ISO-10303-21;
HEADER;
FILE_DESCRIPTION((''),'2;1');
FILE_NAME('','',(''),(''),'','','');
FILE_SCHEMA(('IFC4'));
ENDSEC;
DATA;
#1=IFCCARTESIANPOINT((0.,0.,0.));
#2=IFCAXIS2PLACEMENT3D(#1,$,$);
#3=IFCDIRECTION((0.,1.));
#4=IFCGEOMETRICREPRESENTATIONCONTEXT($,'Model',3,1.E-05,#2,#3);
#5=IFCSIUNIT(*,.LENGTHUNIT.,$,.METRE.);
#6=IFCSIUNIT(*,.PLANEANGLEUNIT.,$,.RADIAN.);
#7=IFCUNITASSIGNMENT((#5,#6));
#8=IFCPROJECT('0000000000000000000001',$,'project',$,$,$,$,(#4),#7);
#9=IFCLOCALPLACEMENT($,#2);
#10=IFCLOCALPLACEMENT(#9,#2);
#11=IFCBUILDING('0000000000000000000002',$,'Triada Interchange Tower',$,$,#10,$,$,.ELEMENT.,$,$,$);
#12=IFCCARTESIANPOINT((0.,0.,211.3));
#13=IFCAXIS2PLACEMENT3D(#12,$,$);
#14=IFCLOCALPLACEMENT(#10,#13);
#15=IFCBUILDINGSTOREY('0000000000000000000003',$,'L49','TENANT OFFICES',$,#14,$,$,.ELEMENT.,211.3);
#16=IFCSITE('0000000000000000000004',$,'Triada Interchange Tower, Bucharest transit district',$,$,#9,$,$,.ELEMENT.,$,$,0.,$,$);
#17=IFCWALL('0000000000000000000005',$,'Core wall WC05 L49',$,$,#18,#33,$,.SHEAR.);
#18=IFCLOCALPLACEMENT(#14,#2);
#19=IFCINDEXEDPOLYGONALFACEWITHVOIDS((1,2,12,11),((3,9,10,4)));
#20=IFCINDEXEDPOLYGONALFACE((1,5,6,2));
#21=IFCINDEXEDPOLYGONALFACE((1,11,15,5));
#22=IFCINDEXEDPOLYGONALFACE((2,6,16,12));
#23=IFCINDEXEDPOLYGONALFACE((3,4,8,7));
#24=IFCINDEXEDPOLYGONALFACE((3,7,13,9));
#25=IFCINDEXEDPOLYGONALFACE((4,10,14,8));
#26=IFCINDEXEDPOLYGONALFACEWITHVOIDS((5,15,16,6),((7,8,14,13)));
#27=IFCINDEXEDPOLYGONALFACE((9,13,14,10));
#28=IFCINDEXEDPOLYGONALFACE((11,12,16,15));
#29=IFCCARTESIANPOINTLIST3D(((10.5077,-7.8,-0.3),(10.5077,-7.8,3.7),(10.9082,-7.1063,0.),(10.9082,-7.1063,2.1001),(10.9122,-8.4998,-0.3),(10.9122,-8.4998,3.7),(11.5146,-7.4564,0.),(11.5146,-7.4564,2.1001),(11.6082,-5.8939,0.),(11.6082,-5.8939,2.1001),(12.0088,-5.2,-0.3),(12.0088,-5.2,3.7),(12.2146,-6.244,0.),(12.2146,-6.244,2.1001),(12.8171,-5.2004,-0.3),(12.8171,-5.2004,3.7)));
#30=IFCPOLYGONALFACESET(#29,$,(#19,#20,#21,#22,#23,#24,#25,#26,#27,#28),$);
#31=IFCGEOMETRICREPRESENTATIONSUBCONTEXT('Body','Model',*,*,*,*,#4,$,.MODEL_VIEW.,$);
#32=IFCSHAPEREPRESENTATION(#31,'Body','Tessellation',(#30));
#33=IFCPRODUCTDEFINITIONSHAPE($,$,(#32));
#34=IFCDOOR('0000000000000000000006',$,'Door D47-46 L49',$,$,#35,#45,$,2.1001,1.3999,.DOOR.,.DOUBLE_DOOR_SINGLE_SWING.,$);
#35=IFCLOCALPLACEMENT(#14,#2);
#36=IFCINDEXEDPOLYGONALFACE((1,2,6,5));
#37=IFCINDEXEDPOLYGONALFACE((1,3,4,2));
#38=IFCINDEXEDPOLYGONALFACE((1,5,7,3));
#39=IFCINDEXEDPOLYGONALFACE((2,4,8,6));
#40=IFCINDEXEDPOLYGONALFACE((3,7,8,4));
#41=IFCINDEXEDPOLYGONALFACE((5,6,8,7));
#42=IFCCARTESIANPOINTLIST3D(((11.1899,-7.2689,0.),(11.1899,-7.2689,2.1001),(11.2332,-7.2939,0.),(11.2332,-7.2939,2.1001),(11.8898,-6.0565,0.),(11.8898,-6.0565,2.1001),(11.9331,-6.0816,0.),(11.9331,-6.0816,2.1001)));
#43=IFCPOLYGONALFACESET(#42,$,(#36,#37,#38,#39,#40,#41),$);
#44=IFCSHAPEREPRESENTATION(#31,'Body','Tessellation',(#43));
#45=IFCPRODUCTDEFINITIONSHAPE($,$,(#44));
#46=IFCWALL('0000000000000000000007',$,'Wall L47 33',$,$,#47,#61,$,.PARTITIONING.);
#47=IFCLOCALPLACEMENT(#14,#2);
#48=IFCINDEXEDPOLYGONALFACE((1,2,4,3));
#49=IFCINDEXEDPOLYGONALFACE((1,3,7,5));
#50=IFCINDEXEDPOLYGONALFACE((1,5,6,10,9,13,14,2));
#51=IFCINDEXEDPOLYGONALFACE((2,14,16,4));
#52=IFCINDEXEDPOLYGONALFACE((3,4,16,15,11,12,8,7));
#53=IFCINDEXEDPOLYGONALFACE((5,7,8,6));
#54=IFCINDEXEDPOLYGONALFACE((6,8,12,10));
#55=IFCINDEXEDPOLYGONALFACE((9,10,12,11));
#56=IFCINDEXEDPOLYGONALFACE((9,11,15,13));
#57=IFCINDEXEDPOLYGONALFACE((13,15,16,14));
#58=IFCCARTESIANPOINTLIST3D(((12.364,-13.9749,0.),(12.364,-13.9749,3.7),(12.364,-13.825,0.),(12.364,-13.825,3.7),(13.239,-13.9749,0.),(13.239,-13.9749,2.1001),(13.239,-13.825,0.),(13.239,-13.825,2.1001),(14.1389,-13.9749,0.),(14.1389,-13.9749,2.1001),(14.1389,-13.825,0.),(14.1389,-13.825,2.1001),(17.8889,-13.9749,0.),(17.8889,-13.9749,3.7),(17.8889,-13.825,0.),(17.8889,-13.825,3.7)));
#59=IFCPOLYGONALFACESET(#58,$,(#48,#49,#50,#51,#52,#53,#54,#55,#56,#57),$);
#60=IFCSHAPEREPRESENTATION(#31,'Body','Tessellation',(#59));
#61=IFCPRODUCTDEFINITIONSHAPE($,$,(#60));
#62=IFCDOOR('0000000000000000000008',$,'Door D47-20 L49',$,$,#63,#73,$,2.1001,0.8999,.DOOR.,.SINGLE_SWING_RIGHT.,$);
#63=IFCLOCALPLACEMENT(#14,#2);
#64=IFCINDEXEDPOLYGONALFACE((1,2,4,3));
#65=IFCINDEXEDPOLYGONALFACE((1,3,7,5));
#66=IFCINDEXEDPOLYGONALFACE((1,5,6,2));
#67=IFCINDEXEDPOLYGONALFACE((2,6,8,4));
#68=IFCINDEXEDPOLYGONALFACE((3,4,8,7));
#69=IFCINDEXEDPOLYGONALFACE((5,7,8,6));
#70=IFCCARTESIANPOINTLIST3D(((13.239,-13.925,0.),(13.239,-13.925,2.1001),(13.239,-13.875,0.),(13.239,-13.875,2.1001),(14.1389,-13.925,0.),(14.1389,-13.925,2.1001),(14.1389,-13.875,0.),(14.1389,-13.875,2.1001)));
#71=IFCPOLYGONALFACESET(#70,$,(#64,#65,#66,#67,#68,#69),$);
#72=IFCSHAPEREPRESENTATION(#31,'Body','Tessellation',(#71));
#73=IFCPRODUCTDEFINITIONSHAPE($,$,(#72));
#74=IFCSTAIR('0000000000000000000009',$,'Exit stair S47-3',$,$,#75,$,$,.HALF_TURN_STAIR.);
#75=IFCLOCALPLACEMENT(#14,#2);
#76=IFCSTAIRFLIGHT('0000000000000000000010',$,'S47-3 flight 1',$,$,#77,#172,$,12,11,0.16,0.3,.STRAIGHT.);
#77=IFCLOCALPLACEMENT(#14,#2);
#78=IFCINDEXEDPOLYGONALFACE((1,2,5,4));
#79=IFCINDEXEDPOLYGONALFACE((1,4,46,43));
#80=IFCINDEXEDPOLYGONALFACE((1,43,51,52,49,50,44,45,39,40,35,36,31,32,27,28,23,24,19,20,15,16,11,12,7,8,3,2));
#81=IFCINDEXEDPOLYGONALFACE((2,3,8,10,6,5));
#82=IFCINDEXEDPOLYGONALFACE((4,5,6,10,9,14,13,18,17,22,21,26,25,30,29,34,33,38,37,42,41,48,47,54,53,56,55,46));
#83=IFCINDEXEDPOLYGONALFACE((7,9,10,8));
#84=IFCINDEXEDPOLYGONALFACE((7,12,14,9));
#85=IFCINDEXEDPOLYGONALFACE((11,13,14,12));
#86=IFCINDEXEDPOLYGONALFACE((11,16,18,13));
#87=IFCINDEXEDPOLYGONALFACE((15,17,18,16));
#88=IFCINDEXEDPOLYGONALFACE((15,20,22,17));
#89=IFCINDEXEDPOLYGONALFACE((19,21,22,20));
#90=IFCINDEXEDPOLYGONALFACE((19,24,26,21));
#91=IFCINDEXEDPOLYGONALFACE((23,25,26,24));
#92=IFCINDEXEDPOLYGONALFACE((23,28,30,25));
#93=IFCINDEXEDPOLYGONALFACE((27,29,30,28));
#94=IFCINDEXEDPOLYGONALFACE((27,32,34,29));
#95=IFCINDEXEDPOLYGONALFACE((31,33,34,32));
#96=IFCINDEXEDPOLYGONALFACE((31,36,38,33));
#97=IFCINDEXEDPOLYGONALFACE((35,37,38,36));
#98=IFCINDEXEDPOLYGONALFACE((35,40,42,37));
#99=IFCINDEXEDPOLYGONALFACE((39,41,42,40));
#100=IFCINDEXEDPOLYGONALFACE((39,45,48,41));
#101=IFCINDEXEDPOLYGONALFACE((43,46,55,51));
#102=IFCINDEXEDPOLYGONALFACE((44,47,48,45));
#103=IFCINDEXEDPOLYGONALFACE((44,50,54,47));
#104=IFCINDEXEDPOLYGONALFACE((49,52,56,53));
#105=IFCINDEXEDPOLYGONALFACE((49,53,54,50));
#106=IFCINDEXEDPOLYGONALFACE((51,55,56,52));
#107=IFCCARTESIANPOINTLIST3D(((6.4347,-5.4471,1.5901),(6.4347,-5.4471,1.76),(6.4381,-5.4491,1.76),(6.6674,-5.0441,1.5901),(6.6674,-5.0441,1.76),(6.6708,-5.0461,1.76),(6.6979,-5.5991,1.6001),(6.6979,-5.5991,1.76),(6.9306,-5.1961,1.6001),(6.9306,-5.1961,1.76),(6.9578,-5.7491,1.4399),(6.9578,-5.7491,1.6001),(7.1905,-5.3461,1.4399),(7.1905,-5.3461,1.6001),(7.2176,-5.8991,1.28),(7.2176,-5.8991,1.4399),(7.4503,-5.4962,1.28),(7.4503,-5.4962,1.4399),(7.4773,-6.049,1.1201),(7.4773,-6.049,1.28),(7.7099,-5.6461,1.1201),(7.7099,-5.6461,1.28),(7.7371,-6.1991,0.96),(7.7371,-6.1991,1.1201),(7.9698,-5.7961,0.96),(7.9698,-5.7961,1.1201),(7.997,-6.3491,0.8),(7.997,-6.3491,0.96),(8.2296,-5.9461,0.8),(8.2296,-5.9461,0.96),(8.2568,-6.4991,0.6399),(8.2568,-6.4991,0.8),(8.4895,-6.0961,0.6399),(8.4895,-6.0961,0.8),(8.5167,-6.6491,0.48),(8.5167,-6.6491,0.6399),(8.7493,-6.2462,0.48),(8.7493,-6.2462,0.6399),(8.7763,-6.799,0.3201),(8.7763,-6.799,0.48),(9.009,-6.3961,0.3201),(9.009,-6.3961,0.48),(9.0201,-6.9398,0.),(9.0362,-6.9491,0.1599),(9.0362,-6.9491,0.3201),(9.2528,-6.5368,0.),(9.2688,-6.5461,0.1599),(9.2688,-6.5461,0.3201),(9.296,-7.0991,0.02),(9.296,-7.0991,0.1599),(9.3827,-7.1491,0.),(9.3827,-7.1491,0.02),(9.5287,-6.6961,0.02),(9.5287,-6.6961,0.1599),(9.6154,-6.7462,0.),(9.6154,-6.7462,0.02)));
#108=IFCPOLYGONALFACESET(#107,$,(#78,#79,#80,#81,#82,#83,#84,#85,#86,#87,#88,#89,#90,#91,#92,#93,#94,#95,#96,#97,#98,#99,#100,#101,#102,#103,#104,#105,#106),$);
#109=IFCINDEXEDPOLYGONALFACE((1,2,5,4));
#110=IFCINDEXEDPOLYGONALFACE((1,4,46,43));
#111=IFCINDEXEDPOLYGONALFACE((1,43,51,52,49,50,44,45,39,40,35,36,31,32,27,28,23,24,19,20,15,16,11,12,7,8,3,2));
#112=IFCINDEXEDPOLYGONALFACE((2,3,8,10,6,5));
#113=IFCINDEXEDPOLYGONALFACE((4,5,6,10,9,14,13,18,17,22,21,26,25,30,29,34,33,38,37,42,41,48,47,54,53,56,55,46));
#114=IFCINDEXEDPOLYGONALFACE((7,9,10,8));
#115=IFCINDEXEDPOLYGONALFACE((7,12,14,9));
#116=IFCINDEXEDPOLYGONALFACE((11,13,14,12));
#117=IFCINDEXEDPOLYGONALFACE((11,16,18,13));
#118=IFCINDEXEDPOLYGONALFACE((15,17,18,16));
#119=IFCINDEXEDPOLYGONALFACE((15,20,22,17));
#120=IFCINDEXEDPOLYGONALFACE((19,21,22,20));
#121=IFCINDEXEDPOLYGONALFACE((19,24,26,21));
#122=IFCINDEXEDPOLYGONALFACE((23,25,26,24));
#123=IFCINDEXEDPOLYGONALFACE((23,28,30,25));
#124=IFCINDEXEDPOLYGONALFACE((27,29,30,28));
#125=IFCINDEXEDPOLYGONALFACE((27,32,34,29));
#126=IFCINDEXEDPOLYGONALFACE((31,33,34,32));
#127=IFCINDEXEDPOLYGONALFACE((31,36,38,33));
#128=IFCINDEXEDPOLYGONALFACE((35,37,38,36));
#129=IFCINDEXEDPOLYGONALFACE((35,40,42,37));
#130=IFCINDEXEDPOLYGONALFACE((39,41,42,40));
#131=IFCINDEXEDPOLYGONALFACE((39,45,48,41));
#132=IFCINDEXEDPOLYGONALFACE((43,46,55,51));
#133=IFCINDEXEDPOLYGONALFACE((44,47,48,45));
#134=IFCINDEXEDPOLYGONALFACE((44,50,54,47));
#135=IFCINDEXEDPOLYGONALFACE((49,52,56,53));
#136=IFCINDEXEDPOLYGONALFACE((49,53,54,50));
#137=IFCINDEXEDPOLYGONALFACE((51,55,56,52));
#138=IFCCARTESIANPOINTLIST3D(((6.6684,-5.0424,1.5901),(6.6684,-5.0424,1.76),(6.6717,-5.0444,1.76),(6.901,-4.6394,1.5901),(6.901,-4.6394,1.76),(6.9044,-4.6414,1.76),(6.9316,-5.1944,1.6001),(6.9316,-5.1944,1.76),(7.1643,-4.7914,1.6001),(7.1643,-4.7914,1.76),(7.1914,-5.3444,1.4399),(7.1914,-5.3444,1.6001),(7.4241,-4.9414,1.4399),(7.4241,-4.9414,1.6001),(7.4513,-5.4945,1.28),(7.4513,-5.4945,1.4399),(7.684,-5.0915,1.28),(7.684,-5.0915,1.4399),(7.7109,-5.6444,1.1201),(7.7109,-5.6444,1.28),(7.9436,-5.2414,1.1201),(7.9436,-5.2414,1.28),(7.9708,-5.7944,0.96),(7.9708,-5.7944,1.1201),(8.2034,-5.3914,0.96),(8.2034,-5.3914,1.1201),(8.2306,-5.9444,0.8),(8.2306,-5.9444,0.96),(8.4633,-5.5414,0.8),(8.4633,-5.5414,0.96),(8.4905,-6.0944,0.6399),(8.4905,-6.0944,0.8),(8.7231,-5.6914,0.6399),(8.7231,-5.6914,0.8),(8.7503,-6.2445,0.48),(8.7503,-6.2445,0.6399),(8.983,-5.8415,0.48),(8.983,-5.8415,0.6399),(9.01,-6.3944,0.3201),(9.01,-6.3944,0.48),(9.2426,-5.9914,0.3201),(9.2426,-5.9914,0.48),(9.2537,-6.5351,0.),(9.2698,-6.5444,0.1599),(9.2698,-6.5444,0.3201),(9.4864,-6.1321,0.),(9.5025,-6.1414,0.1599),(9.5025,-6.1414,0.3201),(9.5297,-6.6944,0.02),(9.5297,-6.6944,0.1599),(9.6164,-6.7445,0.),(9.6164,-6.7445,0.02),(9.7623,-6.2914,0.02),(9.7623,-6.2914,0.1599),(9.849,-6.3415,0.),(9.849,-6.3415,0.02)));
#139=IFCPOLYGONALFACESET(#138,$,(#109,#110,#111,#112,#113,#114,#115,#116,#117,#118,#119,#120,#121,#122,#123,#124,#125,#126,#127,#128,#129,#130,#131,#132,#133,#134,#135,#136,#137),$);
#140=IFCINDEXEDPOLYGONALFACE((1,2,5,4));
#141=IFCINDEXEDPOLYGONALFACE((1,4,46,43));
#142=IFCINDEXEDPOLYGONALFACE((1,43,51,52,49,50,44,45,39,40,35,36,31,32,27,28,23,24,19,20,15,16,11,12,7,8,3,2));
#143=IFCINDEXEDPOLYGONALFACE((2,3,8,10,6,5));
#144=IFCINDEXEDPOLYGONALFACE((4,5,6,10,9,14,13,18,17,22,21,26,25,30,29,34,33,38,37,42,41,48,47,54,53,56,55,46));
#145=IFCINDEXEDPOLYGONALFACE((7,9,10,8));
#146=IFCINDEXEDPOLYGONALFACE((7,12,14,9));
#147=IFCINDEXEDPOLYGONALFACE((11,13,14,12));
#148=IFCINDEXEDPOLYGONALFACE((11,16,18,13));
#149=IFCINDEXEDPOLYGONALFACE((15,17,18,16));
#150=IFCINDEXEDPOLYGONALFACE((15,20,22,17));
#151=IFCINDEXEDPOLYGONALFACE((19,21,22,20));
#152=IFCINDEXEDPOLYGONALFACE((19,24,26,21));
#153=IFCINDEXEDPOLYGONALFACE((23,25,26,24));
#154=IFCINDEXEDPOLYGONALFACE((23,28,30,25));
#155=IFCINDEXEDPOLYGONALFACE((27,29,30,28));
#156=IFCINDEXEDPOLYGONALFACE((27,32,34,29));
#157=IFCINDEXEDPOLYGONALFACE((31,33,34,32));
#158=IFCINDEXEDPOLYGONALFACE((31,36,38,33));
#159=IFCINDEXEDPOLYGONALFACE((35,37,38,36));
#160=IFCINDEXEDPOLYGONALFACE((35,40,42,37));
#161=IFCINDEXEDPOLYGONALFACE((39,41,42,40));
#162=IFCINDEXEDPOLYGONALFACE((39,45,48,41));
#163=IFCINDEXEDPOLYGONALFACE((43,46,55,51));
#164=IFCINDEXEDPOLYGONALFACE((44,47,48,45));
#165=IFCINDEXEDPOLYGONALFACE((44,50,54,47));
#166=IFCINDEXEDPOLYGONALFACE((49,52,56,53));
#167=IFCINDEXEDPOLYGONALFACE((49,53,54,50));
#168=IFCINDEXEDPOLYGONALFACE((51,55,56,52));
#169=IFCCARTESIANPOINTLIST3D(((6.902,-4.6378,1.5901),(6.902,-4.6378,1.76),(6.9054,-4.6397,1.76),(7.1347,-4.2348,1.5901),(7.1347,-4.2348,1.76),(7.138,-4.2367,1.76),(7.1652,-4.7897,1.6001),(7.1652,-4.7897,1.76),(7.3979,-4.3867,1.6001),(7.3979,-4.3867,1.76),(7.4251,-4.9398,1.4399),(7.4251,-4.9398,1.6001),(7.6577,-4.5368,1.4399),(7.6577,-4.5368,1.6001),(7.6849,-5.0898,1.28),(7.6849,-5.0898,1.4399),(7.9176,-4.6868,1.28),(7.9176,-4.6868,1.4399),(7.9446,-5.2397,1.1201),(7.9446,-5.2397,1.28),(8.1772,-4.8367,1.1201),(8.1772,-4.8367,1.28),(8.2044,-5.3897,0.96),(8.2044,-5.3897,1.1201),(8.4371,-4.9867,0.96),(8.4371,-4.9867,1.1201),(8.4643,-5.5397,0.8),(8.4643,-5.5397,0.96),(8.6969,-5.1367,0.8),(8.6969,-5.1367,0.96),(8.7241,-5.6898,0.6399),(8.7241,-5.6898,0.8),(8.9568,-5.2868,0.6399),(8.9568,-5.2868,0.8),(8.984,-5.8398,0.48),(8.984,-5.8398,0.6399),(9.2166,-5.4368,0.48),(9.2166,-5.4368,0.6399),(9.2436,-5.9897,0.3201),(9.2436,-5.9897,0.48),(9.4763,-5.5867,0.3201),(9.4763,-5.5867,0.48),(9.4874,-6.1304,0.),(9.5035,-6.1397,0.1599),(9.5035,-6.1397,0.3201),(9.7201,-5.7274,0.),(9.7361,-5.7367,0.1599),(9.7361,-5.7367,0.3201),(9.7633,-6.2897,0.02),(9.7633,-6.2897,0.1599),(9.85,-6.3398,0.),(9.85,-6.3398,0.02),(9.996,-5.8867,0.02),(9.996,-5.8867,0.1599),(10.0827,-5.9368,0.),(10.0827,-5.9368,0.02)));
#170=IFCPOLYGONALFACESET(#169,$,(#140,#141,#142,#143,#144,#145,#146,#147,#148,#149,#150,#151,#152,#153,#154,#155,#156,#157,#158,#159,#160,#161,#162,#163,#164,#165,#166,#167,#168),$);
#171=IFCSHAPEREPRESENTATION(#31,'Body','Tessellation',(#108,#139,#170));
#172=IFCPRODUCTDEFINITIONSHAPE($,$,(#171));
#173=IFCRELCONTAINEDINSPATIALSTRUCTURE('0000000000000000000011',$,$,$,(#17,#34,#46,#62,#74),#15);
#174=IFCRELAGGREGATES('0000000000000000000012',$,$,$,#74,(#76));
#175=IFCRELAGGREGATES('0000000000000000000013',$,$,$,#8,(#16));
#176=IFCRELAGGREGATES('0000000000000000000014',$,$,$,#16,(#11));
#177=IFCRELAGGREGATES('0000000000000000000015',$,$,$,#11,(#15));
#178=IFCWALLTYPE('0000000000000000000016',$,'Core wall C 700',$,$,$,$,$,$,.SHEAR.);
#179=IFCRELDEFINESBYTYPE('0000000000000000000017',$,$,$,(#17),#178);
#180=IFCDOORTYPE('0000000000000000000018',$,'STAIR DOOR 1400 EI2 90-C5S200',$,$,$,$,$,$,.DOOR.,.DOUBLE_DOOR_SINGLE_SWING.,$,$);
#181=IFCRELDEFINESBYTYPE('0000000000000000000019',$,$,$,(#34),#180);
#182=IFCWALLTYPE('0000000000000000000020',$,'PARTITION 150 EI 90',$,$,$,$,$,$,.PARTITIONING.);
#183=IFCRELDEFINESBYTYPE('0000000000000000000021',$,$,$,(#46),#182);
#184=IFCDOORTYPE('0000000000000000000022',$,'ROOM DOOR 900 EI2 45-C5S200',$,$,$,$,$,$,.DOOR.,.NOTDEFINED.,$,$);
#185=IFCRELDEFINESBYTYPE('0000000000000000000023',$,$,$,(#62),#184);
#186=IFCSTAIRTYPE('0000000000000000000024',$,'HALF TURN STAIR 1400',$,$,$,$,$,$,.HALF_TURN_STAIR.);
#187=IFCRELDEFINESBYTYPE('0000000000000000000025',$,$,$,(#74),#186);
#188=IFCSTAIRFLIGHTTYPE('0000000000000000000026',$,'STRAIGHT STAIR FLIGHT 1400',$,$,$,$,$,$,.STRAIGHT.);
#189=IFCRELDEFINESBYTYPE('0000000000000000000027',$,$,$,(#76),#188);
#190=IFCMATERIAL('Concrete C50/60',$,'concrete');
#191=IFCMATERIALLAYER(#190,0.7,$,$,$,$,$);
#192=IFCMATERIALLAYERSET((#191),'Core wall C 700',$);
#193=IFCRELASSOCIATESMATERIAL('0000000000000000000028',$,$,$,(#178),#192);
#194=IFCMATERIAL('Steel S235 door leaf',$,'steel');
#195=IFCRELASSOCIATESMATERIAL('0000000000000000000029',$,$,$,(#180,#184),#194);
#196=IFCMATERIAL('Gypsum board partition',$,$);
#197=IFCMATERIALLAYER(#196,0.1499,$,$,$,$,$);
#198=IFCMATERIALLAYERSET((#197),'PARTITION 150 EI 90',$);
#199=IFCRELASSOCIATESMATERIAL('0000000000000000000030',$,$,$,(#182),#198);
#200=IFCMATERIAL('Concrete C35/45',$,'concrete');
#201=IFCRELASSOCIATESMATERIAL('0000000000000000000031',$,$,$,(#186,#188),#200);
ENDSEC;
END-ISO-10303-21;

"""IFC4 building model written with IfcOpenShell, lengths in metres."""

from ifc_helpers import new_model, si_unit, direction, frame, frame_2d, origin, place, context, subcontext, project, spatial, polyline, rectangle, outline, extrude, material, layer, layer_set, type_object, element, fill, aggregate, save


model = new_model("IFC4")

# Units and contexts
model_context = context("Model", 3, precision=1e-05, world=origin(), true_north=direction((0.0, 1.0)))
body_context = subcontext(model_context, "Body", "Model", "MODEL_VIEW")
ifc_project = project(units=[si_unit("LENGTHUNIT", "METRE"), si_unit("PLANEANGLEUNIT", "RADIAN")], contexts=[model_context])

# Site, building, storey
site_placement = place(None, origin())
site = spatial("IfcSite", under=ifc_project, at=site_placement, Name="Triada Interchange Tower, Bucharest transit district", CompositionType="ELEMENT", RefElevation=0.0)
building_placement = place(site_placement, origin())
building = spatial("IfcBuilding", under=site, at=building_placement, Name="Triada Interchange Tower", CompositionType="ELEMENT")
storey_placement = place(building_placement, frame((0.0, 0.0, 211.3)))
storey = spatial("IfcBuildingStorey", under=building, at=storey_placement, Name="L49", Description="TENANT OFFICES", CompositionType="ELEMENT", Elevation=211.3)

# Shared definitions
ifc_material_1 = material(Name="Steel S235 door leaf", Category="steel")

# Wall, opening, door
ifc_material_2 = material(Name="Concrete C50/60", Category="concrete")
ifc_layer_1 = layer(ifc_material_2, 0.7)
ifc_layer_set_1 = layer_set([ifc_layer_1], Name="Core wall C 700")
wall_type_1 = type_object("IfcWallType", Name="Core wall C 700", PredefinedType="SHEAR", material=ifc_layer_set_1)
wall_1_placement = place(storey_placement, frame((10.71, -8.1499, -0.3), z_axis=(0.0, 0.0, 1.0), x_axis=(0.499993, 0.866029, 0.0)))
wall_1 = element("IfcWall", 1, at=wall_1_placement, inside=storey, type_object=wall_type_1, Name="Core wall WC05 L49", PredefinedType="SHEAR", context=body_context, shape_type="SweptSolid", body=[
    extrude(outline(polyline([(-0.2019, -0.3501), (1.7031, -0.3501), (3.6079, -0.3501), (3.2041, 0.3501), (1.7031, 0.3501), (0.2019, 0.3501), (-0.2019, -0.3501)])), origin(), (0.0, 0.0, 1.0), 4.0),
])
opening_1_placement = place(wall_1_placement, frame((1.0029, 0.0, 0.3)))
opening_1 = element("IfcOpeningElement", 2, at=opening_1_placement, cuts=wall_1, PredefinedType="OPENING", context=body_context, shape_type="SweptSolid", body=[
    extrude(rectangle(XDim=1.3999, YDim=2.1001, at=frame_2d((0.7, 1.05))), frame((0.0, 0.3601, 0.0), z_axis=(0.0, -1.0, 0.0), x_axis=(1.0, 0.0, 0.0)), (0.0, 0.0, 1.0), 0.7202),
])
door_type_1 = type_object("IfcDoorType", Name="STAIR DOOR 1400 EI2 90-C5S200", OperationType="DOUBLE_DOOR_SINGLE_SWING", PredefinedType="DOOR", material=ifc_material_1)
door_1_placement = place(opening_1_placement, origin())
door_1 = element("IfcDoor", 3, at=door_1_placement, inside=storey, type_object=door_type_1, Name="Door D47-46 L49", OperationType="DOUBLE_DOOR_SINGLE_SWING", OverallHeight=2.1001, OverallWidth=1.3999, PredefinedType="DOOR", context=body_context, shape_type="SweptSolid", body=[
    extrude(rectangle(XDim=1.3999, YDim=2.1001, at=frame_2d((0.7, 1.05))), frame((0.0, 0.0249, 0.0), z_axis=(0.0, -1.0, 0.0), x_axis=(1.0, 0.0, 0.0)), (0.0, 0.0, 1.0), 0.05),
])
fill(opening_1, door_1)

# Wall, opening, door
ifc_material_3 = material(Name="Gypsum board partition")
ifc_layer_2 = layer(ifc_material_3, 0.1499)
ifc_layer_set_2 = layer_set([ifc_layer_2], Name="PARTITION 150 EI 90")
wall_type_2 = type_object("IfcWallType", Name="PARTITION 150 EI 90", PredefinedType="PARTITIONING", material=ifc_layer_set_2)
wall_2_placement = place(storey_placement, frame((12.364, -13.8999, 0.0), z_axis=(0.0, 0.0, 1.0), x_axis=(1.0, 0.0, 0.0)))
wall_2 = element("IfcWall", 4, at=wall_2_placement, inside=storey, type_object=wall_type_2, Name="Wall L47 33", PredefinedType="PARTITIONING", context=body_context, shape_type="SweptSolid", body=[
    extrude(rectangle(XDim=5.5249, YDim=0.1499, at=frame_2d((2.7625, 0.0))), origin(), (0.0, 0.0, 1.0), 3.7),
])
opening_2_placement = place(wall_2_placement, frame((0.875, 0.0, 0.0)))
opening_2 = element("IfcOpeningElement", 5, at=opening_2_placement, cuts=wall_2, PredefinedType="OPENING", context=body_context, shape_type="SweptSolid", body=[
    extrude(rectangle(XDim=0.8999, YDim=2.1001, at=frame_2d((0.45, 1.05))), frame((0.0, 0.085, 0.0), z_axis=(0.0, -1.0, 0.0), x_axis=(1.0, 0.0, 0.0)), (0.0, 0.0, 1.0), 0.1699),
])
door_type_2 = type_object("IfcDoorType", Name="ROOM DOOR 900 EI2 45-C5S200", OperationType="NOTDEFINED", PredefinedType="DOOR", material=ifc_material_1)
door_2_placement = place(opening_2_placement, origin())
door_2 = element("IfcDoor", 6, at=door_2_placement, inside=storey, type_object=door_type_2, Name="Door D47-20 L49", OperationType="SINGLE_SWING_RIGHT", OverallHeight=2.1001, OverallWidth=0.8999, PredefinedType="DOOR", context=body_context, shape_type="SweptSolid", body=[
    extrude(rectangle(XDim=0.8999, YDim=2.1001, at=frame_2d((0.45, 1.05))), frame((0.0, 0.0249, 0.0), z_axis=(0.0, -1.0, 0.0), x_axis=(1.0, 0.0, 0.0)), (0.0, 0.0, 1.0), 0.05),
])
fill(opening_2, door_2)

# Stair, stair flight
ifc_material_4 = material(Name="Concrete C35/45", Category="concrete")
stair_type = type_object("IfcStairType", Name="HALF TURN STAIR 1400", PredefinedType="HALF_TURN_STAIR", material=ifc_material_4)
stair_placement = place(storey_placement, origin())
stair = element("IfcStair", 7, at=stair_placement, inside=storey, type_object=stair_type, Name="Exit stair S47-3", PredefinedType="HALF_TURN_STAIR")
stair_flight_type = type_object("IfcStairFlightType", Name="STRAIGHT STAIR FLIGHT 1400", PredefinedType="STRAIGHT", material=ifc_material_4)
stair_flight_1_placement = place(storey_placement, frame((9.646, -6.4929, 0.0), z_axis=(0.0, 0.0, 1.0), x_axis=(-0.866025, 0.5, 0.0)))
stair_flight_1 = element("IfcStairFlight", 8, at=stair_flight_1_placement, type_object=stair_flight_type, Name="S47-3 flight 1", NumberOfRisers=12, NumberOfTreads=11, PredefinedType="STRAIGHT", RiserHeight=0.16, TreadLength=0.3, context=body_context, shape_type="SweptSolid", body=[
    extrude(outline(polyline([(-0.1001, 0.0), (-0.1001, 0.02), (0.0, 0.02), (0.0, 0.1599), (0.3, 0.1599), (0.3, 0.3201), (0.6001, 0.3201), (0.6001, 0.48), (0.8999, 0.48), (0.8999, 0.6399), (1.2, 0.6399), (1.2, 0.8), (1.5, 0.8), (1.5, 0.96), (1.8, 0.96), (1.8, 1.1201), (2.1001, 1.1201), (2.1001, 1.28), (2.3999, 1.28), (2.3999, 1.4399), (2.7, 1.4399), (2.7, 1.6001), (3.0, 1.6001), (3.0, 1.76), (3.3, 1.76), (3.304, 1.76), (3.304, 1.9199), (3.304, 1.5901), (0.3186, 0.0), (-0.1001, 0.0)])), frame((0.0, 0.7, 0.0), z_axis=(0.0, -1.0, 0.0), x_axis=(1.0, 0.0, 0.0)), (0.0, 0.0, 1.0), 0.4653),
    extrude(outline(polyline([(-0.1001, 0.0), (-0.1001, 0.02), (0.0, 0.02), (0.0, 0.1599), (0.3, 0.1599), (0.3, 0.3201), (0.6001, 0.3201), (0.6001, 0.48), (0.8999, 0.48), (0.8999, 0.6399), (1.2, 0.6399), (1.2, 0.8), (1.5, 0.8), (1.5, 0.96), (1.8, 0.96), (1.8, 1.1201), (2.1001, 1.1201), (2.1001, 1.28), (2.3999, 1.28), (2.3999, 1.4399), (2.7, 1.4399), (2.7, 1.6001), (3.0, 1.6001), (3.0, 1.76), (3.3, 1.76), (3.304, 1.76), (3.304, 1.9199), (3.304, 1.5901), (0.3186, 0.0), (-0.1001, 0.0)])), frame((0.0, 0.2327, 0.0), z_axis=(0.0, -1.0, 0.0), x_axis=(1.0, 0.0, 0.0)), (0.0, 0.0, 1.0), 0.4653),
    extrude(outline(polyline([(-0.1001, 0.0), (-0.1001, 0.02), (0.0, 0.02), (0.0, 0.1599), (0.3, 0.1599), (0.3, 0.3201), (0.6001, 0.3201), (0.6001, 0.48), (0.8999, 0.48), (0.8999, 0.6399), (1.2, 0.6399), (1.2, 0.8), (1.5, 0.8), (1.5, 0.96), (1.8, 0.96), (1.8, 1.1201), (2.1001, 1.1201), (2.1001, 1.28), (2.3999, 1.28), (2.3999, 1.4399), (2.7, 1.4399), (2.7, 1.6001), (3.0, 1.6001), (3.0, 1.76), (3.3, 1.76), (3.304, 1.76), (3.304, 1.9199), (3.304, 1.5901), (0.3186, 0.0), (-0.1001, 0.0)])), frame((0.0, -0.2346, 0.0), z_axis=(0.0, -1.0, 0.0), x_axis=(1.0, 0.0, 0.0)), (0.0, 0.0, 1.0), 0.4653),
])
aggregate(stair, [stair_flight_1])

save(model, "model.ifc")
